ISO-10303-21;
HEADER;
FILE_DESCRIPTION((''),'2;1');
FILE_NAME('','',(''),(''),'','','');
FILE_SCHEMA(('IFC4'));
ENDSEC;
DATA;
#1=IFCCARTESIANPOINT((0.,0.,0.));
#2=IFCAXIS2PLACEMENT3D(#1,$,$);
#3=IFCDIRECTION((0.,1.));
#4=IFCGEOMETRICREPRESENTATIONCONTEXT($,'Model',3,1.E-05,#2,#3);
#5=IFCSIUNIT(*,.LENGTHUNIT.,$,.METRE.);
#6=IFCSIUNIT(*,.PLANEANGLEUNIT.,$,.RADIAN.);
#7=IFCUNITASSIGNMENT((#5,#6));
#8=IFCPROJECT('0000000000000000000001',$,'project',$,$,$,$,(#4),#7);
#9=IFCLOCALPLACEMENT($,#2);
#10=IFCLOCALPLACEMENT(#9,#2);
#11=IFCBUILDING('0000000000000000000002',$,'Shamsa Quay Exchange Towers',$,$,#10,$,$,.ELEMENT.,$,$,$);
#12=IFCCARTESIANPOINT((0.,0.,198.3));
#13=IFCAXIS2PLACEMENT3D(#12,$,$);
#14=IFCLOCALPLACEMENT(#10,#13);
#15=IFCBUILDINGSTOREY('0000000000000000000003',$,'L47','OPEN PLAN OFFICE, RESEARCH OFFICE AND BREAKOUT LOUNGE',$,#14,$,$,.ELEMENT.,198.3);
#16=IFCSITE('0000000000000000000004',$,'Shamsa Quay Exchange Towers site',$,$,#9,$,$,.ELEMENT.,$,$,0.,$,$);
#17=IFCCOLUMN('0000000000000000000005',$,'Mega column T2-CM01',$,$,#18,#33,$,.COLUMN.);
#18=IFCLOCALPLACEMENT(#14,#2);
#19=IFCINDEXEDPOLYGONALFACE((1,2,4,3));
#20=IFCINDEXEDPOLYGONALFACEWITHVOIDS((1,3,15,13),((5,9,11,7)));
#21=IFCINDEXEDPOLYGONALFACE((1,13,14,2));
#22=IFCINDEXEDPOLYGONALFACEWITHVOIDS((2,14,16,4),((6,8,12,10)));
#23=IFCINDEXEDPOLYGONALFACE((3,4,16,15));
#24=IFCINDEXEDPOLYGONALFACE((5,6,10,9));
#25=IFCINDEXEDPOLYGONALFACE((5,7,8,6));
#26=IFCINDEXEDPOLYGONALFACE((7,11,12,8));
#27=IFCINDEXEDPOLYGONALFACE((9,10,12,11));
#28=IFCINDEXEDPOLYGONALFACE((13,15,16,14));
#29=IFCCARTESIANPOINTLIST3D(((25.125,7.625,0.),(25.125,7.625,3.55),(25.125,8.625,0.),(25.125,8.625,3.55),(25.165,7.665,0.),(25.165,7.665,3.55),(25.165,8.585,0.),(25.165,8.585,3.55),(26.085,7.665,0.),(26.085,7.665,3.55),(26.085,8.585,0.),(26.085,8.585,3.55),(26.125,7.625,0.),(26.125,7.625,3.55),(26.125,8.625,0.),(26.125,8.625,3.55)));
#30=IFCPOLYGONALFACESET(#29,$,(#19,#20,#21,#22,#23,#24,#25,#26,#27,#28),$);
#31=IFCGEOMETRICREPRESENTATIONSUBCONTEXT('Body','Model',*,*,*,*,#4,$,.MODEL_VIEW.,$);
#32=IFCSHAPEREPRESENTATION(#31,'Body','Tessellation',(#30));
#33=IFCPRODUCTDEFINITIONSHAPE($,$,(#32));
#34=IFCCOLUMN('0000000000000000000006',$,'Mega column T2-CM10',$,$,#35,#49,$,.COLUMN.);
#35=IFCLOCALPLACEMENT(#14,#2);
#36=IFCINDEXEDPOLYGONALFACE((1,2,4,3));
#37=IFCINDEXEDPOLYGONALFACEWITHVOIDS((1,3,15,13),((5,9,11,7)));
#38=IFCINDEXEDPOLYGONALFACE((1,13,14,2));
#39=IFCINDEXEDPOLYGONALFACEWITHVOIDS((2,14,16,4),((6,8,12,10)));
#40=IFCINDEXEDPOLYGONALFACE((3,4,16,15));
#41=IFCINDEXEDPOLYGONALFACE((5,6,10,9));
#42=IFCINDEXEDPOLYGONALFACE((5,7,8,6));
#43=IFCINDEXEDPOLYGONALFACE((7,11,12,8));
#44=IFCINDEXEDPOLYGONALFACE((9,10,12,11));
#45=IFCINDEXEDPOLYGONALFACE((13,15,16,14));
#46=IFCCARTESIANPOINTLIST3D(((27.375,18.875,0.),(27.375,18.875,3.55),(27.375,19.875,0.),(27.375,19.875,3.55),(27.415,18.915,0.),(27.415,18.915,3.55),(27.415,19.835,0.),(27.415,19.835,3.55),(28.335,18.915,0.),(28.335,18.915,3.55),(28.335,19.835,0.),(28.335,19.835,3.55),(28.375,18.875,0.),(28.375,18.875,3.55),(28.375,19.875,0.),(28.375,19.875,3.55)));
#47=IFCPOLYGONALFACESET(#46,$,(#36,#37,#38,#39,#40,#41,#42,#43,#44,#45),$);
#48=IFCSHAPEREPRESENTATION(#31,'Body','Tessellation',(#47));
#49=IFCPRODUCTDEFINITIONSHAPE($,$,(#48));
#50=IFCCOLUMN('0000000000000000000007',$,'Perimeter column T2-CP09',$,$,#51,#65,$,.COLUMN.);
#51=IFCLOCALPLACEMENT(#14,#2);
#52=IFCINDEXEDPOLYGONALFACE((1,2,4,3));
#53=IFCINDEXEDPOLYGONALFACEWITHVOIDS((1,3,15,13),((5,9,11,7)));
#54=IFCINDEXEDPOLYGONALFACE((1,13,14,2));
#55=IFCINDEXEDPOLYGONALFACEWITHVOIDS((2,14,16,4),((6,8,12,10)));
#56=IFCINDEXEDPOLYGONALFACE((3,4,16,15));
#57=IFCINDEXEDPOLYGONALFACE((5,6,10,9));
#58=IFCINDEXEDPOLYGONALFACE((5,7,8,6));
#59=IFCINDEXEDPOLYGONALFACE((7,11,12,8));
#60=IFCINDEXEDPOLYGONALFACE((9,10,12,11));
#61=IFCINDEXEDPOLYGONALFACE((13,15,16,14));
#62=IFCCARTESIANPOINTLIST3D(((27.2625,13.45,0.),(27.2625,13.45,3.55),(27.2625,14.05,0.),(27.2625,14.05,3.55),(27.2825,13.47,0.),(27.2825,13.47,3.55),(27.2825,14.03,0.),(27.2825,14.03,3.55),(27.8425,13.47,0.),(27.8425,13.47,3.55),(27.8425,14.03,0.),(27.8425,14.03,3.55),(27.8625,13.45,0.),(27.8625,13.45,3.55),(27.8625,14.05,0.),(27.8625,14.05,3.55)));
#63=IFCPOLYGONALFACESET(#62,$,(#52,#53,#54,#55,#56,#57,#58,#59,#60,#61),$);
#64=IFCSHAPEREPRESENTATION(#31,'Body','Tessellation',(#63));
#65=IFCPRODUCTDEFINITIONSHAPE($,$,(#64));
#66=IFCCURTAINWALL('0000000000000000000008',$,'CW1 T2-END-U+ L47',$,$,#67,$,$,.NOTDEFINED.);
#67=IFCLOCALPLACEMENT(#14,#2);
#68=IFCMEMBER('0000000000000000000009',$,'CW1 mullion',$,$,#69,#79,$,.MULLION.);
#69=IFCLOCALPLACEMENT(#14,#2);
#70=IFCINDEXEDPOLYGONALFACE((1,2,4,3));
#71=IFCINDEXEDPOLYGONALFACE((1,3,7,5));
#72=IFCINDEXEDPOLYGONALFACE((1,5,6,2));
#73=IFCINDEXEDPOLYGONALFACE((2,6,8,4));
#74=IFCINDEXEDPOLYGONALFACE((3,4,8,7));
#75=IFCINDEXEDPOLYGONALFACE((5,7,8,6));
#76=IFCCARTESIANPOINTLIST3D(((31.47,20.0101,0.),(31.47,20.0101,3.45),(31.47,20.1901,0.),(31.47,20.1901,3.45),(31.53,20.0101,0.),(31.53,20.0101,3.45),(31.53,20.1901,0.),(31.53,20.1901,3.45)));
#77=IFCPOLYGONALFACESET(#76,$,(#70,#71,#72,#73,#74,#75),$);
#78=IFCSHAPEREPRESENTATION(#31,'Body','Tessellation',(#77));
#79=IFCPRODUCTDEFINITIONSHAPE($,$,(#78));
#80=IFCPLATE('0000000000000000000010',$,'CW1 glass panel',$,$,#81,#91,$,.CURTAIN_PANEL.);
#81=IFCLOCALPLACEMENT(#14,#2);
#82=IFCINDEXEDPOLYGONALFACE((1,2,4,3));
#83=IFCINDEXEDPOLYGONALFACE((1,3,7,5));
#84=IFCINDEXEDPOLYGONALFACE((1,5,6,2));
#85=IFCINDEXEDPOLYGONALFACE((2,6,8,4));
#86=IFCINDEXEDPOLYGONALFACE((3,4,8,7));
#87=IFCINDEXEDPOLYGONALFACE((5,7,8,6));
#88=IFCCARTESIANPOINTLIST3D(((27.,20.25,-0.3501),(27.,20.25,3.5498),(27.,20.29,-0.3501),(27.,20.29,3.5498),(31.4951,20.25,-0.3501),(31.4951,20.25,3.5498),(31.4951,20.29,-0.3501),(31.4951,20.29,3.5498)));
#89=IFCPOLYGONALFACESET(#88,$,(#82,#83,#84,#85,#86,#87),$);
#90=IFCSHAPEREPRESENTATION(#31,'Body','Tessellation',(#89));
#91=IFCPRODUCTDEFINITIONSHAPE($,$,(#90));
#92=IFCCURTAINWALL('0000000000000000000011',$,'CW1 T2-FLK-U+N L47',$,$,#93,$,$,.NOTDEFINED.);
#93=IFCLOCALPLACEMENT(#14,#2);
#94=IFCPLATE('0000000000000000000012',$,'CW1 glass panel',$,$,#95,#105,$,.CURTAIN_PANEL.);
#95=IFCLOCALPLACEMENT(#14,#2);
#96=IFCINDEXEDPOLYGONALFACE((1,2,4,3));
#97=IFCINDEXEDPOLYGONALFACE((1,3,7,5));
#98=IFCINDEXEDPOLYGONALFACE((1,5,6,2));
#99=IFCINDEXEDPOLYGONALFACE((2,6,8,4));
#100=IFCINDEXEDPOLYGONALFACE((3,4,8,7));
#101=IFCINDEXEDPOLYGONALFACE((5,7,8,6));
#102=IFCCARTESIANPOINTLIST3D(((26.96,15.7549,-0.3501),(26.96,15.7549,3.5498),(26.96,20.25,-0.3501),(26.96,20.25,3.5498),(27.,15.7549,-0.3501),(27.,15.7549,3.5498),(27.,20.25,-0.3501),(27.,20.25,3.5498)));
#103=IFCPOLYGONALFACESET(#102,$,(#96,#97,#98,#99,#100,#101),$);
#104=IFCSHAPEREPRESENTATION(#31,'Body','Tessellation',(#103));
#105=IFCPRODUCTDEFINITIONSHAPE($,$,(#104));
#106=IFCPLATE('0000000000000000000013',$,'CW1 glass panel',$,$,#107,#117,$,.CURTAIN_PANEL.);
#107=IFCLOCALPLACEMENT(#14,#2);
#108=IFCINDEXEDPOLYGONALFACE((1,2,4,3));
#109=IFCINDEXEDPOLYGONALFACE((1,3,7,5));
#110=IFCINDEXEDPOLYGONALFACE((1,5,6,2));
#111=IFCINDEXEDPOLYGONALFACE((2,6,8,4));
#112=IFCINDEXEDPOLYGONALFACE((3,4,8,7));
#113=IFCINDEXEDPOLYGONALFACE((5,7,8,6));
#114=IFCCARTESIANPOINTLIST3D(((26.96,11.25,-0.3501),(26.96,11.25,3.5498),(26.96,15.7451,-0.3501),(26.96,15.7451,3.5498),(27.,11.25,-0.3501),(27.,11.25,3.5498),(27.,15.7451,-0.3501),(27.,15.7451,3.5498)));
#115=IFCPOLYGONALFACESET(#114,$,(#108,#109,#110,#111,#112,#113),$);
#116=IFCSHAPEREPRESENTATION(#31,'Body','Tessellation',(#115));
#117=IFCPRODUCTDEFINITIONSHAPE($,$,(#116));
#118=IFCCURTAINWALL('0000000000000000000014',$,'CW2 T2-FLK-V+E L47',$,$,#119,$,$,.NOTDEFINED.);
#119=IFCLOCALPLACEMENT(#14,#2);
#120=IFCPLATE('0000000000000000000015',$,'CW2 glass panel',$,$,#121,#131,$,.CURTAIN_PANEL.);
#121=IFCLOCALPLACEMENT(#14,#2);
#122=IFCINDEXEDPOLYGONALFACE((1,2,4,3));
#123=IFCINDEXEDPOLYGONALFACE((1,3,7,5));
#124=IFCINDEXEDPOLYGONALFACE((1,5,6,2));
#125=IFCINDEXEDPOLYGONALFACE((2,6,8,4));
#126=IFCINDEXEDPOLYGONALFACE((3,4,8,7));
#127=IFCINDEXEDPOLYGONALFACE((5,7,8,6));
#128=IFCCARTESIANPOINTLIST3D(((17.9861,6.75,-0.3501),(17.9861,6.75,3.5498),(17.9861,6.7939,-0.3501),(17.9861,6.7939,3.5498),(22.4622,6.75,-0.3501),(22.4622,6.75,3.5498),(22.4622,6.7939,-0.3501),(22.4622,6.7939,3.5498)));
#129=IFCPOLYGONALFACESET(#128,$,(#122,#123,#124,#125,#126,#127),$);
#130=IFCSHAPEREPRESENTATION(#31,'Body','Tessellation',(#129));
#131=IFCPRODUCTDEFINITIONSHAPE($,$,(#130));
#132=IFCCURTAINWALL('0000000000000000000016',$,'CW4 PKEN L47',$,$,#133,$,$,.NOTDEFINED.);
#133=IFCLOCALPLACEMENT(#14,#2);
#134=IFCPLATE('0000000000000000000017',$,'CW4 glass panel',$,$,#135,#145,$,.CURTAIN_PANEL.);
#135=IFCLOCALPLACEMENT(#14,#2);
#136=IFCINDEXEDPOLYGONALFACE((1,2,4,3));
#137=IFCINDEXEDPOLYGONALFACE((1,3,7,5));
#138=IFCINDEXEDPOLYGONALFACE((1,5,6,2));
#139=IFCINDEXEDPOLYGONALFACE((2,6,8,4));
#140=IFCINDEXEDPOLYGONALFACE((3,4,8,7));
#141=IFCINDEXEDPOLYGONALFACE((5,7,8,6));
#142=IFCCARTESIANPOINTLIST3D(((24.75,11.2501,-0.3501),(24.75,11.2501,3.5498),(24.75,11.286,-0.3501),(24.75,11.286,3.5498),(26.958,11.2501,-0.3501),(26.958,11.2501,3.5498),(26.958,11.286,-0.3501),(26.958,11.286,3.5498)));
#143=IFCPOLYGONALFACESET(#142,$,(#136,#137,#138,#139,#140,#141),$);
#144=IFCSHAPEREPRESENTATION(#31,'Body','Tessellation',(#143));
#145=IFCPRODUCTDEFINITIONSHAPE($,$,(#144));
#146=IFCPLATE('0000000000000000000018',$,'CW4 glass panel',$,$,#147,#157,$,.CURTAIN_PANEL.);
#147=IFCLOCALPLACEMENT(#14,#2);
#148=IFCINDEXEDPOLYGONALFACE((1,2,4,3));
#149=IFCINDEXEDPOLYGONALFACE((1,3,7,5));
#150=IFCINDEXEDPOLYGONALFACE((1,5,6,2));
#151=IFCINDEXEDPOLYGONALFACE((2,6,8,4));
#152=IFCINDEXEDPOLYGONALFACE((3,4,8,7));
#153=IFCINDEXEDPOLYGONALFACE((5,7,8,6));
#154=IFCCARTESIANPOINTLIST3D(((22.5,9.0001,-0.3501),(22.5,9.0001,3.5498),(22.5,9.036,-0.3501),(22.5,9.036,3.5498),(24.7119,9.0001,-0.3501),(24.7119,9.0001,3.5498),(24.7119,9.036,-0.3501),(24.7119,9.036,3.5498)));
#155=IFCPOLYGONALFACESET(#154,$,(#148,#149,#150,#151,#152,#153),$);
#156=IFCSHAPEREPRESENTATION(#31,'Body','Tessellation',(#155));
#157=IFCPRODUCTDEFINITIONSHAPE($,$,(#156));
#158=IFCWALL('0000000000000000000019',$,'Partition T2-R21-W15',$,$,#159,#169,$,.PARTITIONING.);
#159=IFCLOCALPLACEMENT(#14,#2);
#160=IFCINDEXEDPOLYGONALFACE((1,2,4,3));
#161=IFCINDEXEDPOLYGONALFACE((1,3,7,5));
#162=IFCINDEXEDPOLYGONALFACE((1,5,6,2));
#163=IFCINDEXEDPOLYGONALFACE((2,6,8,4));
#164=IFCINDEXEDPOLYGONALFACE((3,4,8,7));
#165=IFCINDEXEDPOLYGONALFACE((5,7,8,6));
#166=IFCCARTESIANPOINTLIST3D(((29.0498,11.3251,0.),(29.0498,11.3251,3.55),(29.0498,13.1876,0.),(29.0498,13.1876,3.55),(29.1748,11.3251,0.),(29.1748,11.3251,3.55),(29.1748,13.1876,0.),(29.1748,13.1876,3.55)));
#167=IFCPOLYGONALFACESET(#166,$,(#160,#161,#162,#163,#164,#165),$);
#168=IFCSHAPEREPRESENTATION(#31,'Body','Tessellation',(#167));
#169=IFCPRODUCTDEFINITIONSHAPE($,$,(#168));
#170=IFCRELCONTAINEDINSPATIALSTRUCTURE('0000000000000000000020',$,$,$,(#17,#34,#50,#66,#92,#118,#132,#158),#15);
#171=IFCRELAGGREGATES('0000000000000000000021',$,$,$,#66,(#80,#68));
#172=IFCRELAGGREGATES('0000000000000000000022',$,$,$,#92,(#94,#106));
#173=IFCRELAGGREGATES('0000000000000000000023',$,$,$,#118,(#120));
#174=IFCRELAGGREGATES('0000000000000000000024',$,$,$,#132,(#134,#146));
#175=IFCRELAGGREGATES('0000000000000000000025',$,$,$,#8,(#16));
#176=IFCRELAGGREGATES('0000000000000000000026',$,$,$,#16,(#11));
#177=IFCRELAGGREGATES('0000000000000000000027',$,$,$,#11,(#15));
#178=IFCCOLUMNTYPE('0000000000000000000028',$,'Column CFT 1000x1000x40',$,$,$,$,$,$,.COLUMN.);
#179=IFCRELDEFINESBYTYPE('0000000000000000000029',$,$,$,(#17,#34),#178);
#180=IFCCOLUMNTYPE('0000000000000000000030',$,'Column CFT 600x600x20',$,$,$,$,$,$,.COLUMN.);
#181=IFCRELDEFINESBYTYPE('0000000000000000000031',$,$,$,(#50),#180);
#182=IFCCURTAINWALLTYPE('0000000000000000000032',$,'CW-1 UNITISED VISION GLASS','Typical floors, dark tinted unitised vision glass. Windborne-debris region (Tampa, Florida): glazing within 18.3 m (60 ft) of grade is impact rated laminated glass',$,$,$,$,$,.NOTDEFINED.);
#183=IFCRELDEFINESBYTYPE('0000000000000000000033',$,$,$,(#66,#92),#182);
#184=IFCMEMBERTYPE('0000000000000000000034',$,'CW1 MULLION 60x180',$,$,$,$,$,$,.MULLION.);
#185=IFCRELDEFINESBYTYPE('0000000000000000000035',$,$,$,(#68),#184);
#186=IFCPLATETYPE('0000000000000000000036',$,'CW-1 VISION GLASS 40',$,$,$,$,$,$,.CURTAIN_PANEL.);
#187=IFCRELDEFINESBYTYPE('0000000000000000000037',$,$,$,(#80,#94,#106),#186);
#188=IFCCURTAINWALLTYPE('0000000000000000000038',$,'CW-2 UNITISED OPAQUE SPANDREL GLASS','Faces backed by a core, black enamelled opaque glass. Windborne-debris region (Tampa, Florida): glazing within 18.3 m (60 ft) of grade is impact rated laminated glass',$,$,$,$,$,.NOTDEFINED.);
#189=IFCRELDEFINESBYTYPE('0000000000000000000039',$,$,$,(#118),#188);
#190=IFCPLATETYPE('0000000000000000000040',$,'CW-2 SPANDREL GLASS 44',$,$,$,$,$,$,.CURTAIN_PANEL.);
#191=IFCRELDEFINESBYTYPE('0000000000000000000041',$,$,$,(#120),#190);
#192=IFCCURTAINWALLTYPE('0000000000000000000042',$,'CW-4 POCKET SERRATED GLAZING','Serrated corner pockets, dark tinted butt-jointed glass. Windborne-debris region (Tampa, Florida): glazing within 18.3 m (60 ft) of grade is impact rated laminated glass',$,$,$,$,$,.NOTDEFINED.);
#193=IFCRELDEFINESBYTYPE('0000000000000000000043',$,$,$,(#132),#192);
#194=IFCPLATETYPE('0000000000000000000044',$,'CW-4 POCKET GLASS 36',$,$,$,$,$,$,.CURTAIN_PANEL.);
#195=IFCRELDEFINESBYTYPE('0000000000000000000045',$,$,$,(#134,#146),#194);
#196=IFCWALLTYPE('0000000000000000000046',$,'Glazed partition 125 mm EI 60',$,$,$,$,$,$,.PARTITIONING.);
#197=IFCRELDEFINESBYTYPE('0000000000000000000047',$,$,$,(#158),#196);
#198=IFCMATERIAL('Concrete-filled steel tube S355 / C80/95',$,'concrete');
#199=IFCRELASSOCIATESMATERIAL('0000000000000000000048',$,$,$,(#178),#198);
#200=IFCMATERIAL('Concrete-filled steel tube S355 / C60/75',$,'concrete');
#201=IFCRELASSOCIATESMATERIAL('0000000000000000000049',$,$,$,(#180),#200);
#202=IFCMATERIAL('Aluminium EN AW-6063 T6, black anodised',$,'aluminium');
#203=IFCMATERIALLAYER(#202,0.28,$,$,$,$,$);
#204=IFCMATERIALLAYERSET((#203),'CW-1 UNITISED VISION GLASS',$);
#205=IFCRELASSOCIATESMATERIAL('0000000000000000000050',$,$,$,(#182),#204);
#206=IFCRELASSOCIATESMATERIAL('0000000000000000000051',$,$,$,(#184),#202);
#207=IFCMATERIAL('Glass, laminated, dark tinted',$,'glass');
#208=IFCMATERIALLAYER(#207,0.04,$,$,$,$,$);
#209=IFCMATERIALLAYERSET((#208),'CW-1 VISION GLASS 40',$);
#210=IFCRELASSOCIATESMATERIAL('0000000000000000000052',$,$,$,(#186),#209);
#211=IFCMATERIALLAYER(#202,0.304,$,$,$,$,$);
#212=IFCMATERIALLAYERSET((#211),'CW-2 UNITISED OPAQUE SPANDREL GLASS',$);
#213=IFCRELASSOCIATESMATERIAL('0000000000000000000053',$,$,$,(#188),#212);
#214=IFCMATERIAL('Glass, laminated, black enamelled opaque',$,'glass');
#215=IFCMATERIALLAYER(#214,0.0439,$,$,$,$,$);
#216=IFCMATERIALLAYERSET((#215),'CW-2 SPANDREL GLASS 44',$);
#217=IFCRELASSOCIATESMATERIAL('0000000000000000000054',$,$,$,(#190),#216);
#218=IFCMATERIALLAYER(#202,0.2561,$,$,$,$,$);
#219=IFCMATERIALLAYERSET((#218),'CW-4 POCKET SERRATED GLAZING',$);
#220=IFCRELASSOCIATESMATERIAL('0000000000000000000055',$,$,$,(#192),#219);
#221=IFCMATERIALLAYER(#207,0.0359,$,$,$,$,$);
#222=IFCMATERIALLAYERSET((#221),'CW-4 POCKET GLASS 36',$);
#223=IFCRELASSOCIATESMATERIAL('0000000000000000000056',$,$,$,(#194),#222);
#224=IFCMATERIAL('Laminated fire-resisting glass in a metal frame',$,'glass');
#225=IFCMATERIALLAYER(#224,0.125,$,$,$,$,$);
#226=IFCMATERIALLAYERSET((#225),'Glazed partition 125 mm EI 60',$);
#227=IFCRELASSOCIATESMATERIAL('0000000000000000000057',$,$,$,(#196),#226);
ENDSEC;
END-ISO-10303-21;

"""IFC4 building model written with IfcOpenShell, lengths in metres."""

from ifc_helpers import new_model, si_unit, direction, frame, frame_2d, origin, origin_2d, place, context, subcontext, project, spatial, rectangle, hollow_rectangle, extrude, material, layer, layer_set, material_profile, profile_set, type_object, element, aggregate, save


model = new_model("IFC4")

# Units and contexts
model_context = context("Model", 3, precision=1e-05, world=origin(), true_north=direction((0.0, 1.0)))
body_context = subcontext(model_context, "Body", "Model", "MODEL_VIEW")
ifc_project = project(units=[si_unit("LENGTHUNIT", "METRE"), si_unit("PLANEANGLEUNIT", "RADIAN")], contexts=[model_context])

# Site, building, storey
site_placement = place(None, origin())
site = spatial("IfcSite", under=ifc_project, at=site_placement, Name="Shamsa Quay Exchange Towers site", CompositionType="ELEMENT", RefElevation=0.0)
building_placement = place(site_placement, origin())
building = spatial("IfcBuilding", under=site, at=building_placement, Name="Shamsa Quay Exchange Towers", CompositionType="ELEMENT")
storey_placement = place(building_placement, frame((0.0, 0.0, 198.3)))
storey = spatial("IfcBuildingStorey", under=building, at=storey_placement, Name="L47", Description="OPEN PLAN OFFICE, RESEARCH OFFICE AND BREAKOUT LOUNGE", CompositionType="ELEMENT", Elevation=198.3)

# Columns
ifc_material_1 = material(Name="Concrete-filled steel tube S355 / C80/95", Category="concrete")
ifc_material_profile_1 = material_profile(ifc_material_1, hollow_rectangle(XDim=1.0, YDim=1.0, WallThickness=0.04, at=origin_2d()), Name="CFT 1000x1000x40")
ifc_profile_set_1 = profile_set([ifc_material_profile_1], Name="Concrete-filled steel tube S355 / C80/95")
column_type_1 = type_object("IfcColumnType", Name="Column CFT 1000x1000x40", PredefinedType="COLUMN", material=ifc_profile_set_1)
for number, where, name in (
    (1, (25.625, 8.125, 0.0), "Mega column T2-CM01"),
    (2, (27.875, 19.375, 0.0), "Mega column T2-CM10"),
):
    element("IfcColumn", number, at=place(storey_placement, frame(where)), inside=storey, type_object=column_type_1, Name=name, PredefinedType="COLUMN", context=body_context, shape_type="SweptSolid", body=[
        extrude(hollow_rectangle(XDim=1.0, YDim=1.0, WallThickness=0.04, at=origin_2d()), origin(), (0.0, 0.0, 1.0), 3.55),
    ])
ifc_material_2 = material(Name="Concrete-filled steel tube S355 / C60/75", Category="concrete")
ifc_material_profile_2 = material_profile(ifc_material_2, hollow_rectangle(XDim=0.6001, YDim=0.6001, WallThickness=0.02, at=origin_2d()), Name="CFT 600x600x20")
ifc_profile_set_2 = profile_set([ifc_material_profile_2], Name="Concrete-filled steel tube S355 / C60/75")
column_type_2 = type_object("IfcColumnType", Name="Column CFT 600x600x20", PredefinedType="COLUMN", material=ifc_profile_set_2)
column_placement = place(storey_placement, frame((27.5625, 13.75, 0.0)))
element("IfcColumn", 3, at=column_placement, inside=storey, type_object=column_type_2, Name="Perimeter column T2-CP09", PredefinedType="COLUMN", context=body_context, shape_type="SweptSolid", body=[
    extrude(hollow_rectangle(XDim=0.6001, YDim=0.6001, WallThickness=0.02, at=origin_2d()), origin(), (0.0, 0.0, 1.0), 3.55),
])

# Curtain wall, member, plate
ifc_material_3 = material(Name="Aluminium EN AW-6063 T6, black anodised", Category="aluminium")
ifc_layer_1 = layer(ifc_material_3, 0.28)
ifc_layer_set_1 = layer_set([ifc_layer_1], Name="CW-1 UNITISED VISION GLASS")
curtain_wall_type_1 = type_object("IfcCurtainWallType", Name="CW-1 UNITISED VISION GLASS", Description="Typical floors, dark tinted unitised vision glass. Windborne-debris region (Tampa, Florida): glazing within 18.3 m (60 ft) of grade is impact rated laminated glass", PredefinedType="NOTDEFINED", material=ifc_layer_set_1)
curtain_wall_1_placement = place(storey_placement, origin())
curtain_wall_1 = element("IfcCurtainWall", 4, at=curtain_wall_1_placement, inside=storey, type_object=curtain_wall_type_1, Name="CW1 T2-END-U+ L47", PredefinedType="NOTDEFINED")
ifc_material_profile_3 = material_profile(ifc_material_3, rectangle(XDim=0.1799, YDim=0.0601, at=origin_2d()), Name="MU60x180")
ifc_profile_set_3 = profile_set([ifc_material_profile_3], Name="Aluminium EN AW-6063 T6, black anodised")
member_type = type_object("IfcMemberType", Name="CW1 MULLION 60x180", PredefinedType="MULLION", material=ifc_profile_set_3)
member_placement = place(storey_placement, frame((31.5, 20.1001, 0.0), z_axis=(0.0, 0.0, 1.0), x_axis=(0.0, -1.0, 0.0)))
member = element("IfcMember", 5, at=member_placement, type_object=member_type, Name="CW1 mullion", PredefinedType="MULLION", context=body_context, shape_type="SweptSolid", body=[
    extrude(rectangle(XDim=0.1799, YDim=0.0601, at=origin_2d()), origin(), (0.0, 0.0, 1.0), 3.45),
])
ifc_material_4 = material(Name="Glass, laminated, dark tinted", Category="glass")
ifc_layer_2 = layer(ifc_material_4, 0.04)
ifc_layer_set_2 = layer_set([ifc_layer_2], Name="CW-1 VISION GLASS 40")
plate_type_1 = type_object("IfcPlateType", Name="CW-1 VISION GLASS 40", PredefinedType="CURTAIN_PANEL", material=ifc_layer_set_2)
plate_1_placement = place(storey_placement, frame((29.2476, 20.27, -0.3501), z_axis=(0.0, 0.0, 1.0), x_axis=(-1.0, 0.0, 0.0)))
plate_1 = element("IfcPlate", 6, at=plate_1_placement, type_object=plate_type_1, Name="CW1 glass panel", PredefinedType="CURTAIN_PANEL", context=body_context, shape_type="SweptSolid", body=[
    extrude(rectangle(XDim=4.4951, YDim=0.04, at=origin_2d()), origin(), (0.0, 0.0, 1.0), 3.8999),
])
aggregate(curtain_wall_1, [plate_1, member])

# Curtain wall, plates
curtain_wall_2_placement = place(storey_placement, origin())
curtain_wall_2 = element("IfcCurtainWall", 7, at=curtain_wall_2_placement, inside=storey, type_object=curtain_wall_type_1, Name="CW1 T2-FLK-U+N L47", PredefinedType="NOTDEFINED")
plate_2_placement = place(storey_placement, frame((26.98, 18.0024, -0.3501), z_axis=(0.0, 0.0, 1.0), x_axis=(0.0, -1.0, 0.0)))
plate_2 = element("IfcPlate", 8, at=plate_2_placement, type_object=plate_type_1, Name="CW1 glass panel", PredefinedType="CURTAIN_PANEL", context=body_context, shape_type="SweptSolid", body=[
    extrude(rectangle(XDim=4.4951, YDim=0.04, at=origin_2d()), origin(), (0.0, 0.0, 1.0), 3.8999),
])
plate_3_placement = place(storey_placement, frame((26.98, 13.4976, -0.3501), z_axis=(0.0, 0.0, 1.0), x_axis=(0.0, -1.0, 0.0)))
plate_3 = element("IfcPlate", 9, at=plate_3_placement, type_object=plate_type_1, Name="CW1 glass panel", PredefinedType="CURTAIN_PANEL", context=body_context, shape_type="SweptSolid", body=[
    extrude(rectangle(XDim=4.4951, YDim=0.04, at=origin_2d()), origin(), (0.0, 0.0, 1.0), 3.8999),
])
aggregate(curtain_wall_2, [plate_2, plate_3])

# Curtain wall, plate
ifc_layer_3 = layer(ifc_material_3, 0.304)
ifc_layer_set_3 = layer_set([ifc_layer_3], Name="CW-2 UNITISED OPAQUE SPANDREL GLASS")
curtain_wall_type_2 = type_object("IfcCurtainWallType", Name="CW-2 UNITISED OPAQUE SPANDREL GLASS", Description="Faces backed by a core, black enamelled opaque glass. Windborne-debris region (Tampa, Florida): glazing within 18.3 m (60 ft) of grade is impact rated laminated glass", PredefinedType="NOTDEFINED", material=ifc_layer_set_3)
curtain_wall_3_placement = place(storey_placement, origin())
curtain_wall_3 = element("IfcCurtainWall", 10, at=curtain_wall_3_placement, inside=storey, type_object=curtain_wall_type_2, Name="CW2 T2-FLK-V+E L47", PredefinedType="NOTDEFINED")
ifc_material_5 = material(Name="Glass, laminated, black enamelled opaque", Category="glass")
ifc_layer_4 = layer(ifc_material_5, 0.0439)
ifc_layer_set_4 = layer_set([ifc_layer_4], Name="CW-2 SPANDREL GLASS 44")
plate_type_2 = type_object("IfcPlateType", Name="CW-2 SPANDREL GLASS 44", PredefinedType="CURTAIN_PANEL", material=ifc_layer_set_4)
plate_4_placement = place(storey_placement, frame((20.2241, 6.772, -0.3501), z_axis=(0.0, 0.0, 1.0), x_axis=(-1.0, 0.0, 0.0)))
plate_4 = element("IfcPlate", 11, at=plate_4_placement, type_object=plate_type_2, Name="CW2 glass panel", PredefinedType="CURTAIN_PANEL", context=body_context, shape_type="SweptSolid", body=[
    extrude(rectangle(XDim=4.4761, YDim=0.0439, at=origin_2d()), origin(), (0.0, 0.0, 1.0), 3.8999),
])
aggregate(curtain_wall_3, [plate_4])

# Curtain wall, plates
ifc_layer_5 = layer(ifc_material_3, 0.2561)
ifc_layer_set_5 = layer_set([ifc_layer_5], Name="CW-4 POCKET SERRATED GLAZING")
curtain_wall_type_3 = type_object("IfcCurtainWallType", Name="CW-4 POCKET SERRATED GLAZING", Description="Serrated corner pockets, dark tinted butt-jointed glass. Windborne-debris region (Tampa, Florida): glazing within 18.3 m (60 ft) of grade is impact rated laminated glass", PredefinedType="NOTDEFINED", material=ifc_layer_set_5)
curtain_wall_4_placement = place(storey_placement, origin())
curtain_wall_4 = element("IfcCurtainWall", 12, at=curtain_wall_4_placement, inside=storey, type_object=curtain_wall_type_3, Name="CW4 PKEN L47", PredefinedType="NOTDEFINED")
ifc_layer_6 = layer(ifc_material_4, 0.0359)
ifc_layer_set_6 = layer_set([ifc_layer_6], Name="CW-4 POCKET GLASS 36")
plate_type_3 = type_object("IfcPlateType", Name="CW-4 POCKET GLASS 36", PredefinedType="CURTAIN_PANEL", material=ifc_layer_set_6)
plate_5_placement = place(storey_placement, frame((25.854, 11.2681, -0.3501), z_axis=(0.0, 0.0, 1.0), x_axis=(-1.0, 0.0, 0.0)))
plate_5 = element("IfcPlate", 13, at=plate_5_placement, type_object=plate_type_3, Name="CW4 glass panel", PredefinedType="CURTAIN_PANEL", context=body_context, shape_type="SweptSolid", body=[
    extrude(rectangle(XDim=2.208, YDim=0.0359, at=origin_2d()), origin(), (0.0, 0.0, 1.0), 3.8999),
])
plate_6_placement = place(storey_placement, frame((23.606, 9.0181, -0.3501), z_axis=(0.0, 0.0, 1.0), x_axis=(-1.0, 0.0, 0.0)))
plate_6 = element("IfcPlate", 14, at=plate_6_placement, type_object=plate_type_3, Name="CW4 glass panel", PredefinedType="CURTAIN_PANEL", context=body_context, shape_type="SweptSolid", body=[
    extrude(rectangle(XDim=2.2119, YDim=0.0359, at=origin_2d()), origin(), (0.0, 0.0, 1.0), 3.8999),
])
aggregate(curtain_wall_4, [plate_5, plate_6])

# Wall
ifc_material_6 = material(Name="Laminated fire-resisting glass in a metal frame", Category="glass")
ifc_layer_7 = layer(ifc_material_6, 0.125)
ifc_layer_set_7 = layer_set([ifc_layer_7], Name="Glazed partition 125 mm EI 60")
wall_type_1 = type_object("IfcWallType", Name="Glazed partition 125 mm EI 60", PredefinedType="PARTITIONING", material=ifc_layer_set_7)
wall_1_placement = place(storey_placement, frame((29.1123, 13.1875, 0.0), z_axis=(0.0, 0.0, 1.0), x_axis=(0.0, -1.0, 0.0)))
element("IfcWall", 15, at=wall_1_placement, inside=storey, type_object=wall_type_1, Name="Partition T2-R21-W15", PredefinedType="PARTITIONING", context=body_context, shape_type="SweptSolid", body=[
    extrude(rectangle(XDim=1.8625, YDim=0.125, at=frame_2d((0.9312, 0.0))), origin(), (0.0, 0.0, 1.0), 3.55),
])

save(model, "model.ifc")
